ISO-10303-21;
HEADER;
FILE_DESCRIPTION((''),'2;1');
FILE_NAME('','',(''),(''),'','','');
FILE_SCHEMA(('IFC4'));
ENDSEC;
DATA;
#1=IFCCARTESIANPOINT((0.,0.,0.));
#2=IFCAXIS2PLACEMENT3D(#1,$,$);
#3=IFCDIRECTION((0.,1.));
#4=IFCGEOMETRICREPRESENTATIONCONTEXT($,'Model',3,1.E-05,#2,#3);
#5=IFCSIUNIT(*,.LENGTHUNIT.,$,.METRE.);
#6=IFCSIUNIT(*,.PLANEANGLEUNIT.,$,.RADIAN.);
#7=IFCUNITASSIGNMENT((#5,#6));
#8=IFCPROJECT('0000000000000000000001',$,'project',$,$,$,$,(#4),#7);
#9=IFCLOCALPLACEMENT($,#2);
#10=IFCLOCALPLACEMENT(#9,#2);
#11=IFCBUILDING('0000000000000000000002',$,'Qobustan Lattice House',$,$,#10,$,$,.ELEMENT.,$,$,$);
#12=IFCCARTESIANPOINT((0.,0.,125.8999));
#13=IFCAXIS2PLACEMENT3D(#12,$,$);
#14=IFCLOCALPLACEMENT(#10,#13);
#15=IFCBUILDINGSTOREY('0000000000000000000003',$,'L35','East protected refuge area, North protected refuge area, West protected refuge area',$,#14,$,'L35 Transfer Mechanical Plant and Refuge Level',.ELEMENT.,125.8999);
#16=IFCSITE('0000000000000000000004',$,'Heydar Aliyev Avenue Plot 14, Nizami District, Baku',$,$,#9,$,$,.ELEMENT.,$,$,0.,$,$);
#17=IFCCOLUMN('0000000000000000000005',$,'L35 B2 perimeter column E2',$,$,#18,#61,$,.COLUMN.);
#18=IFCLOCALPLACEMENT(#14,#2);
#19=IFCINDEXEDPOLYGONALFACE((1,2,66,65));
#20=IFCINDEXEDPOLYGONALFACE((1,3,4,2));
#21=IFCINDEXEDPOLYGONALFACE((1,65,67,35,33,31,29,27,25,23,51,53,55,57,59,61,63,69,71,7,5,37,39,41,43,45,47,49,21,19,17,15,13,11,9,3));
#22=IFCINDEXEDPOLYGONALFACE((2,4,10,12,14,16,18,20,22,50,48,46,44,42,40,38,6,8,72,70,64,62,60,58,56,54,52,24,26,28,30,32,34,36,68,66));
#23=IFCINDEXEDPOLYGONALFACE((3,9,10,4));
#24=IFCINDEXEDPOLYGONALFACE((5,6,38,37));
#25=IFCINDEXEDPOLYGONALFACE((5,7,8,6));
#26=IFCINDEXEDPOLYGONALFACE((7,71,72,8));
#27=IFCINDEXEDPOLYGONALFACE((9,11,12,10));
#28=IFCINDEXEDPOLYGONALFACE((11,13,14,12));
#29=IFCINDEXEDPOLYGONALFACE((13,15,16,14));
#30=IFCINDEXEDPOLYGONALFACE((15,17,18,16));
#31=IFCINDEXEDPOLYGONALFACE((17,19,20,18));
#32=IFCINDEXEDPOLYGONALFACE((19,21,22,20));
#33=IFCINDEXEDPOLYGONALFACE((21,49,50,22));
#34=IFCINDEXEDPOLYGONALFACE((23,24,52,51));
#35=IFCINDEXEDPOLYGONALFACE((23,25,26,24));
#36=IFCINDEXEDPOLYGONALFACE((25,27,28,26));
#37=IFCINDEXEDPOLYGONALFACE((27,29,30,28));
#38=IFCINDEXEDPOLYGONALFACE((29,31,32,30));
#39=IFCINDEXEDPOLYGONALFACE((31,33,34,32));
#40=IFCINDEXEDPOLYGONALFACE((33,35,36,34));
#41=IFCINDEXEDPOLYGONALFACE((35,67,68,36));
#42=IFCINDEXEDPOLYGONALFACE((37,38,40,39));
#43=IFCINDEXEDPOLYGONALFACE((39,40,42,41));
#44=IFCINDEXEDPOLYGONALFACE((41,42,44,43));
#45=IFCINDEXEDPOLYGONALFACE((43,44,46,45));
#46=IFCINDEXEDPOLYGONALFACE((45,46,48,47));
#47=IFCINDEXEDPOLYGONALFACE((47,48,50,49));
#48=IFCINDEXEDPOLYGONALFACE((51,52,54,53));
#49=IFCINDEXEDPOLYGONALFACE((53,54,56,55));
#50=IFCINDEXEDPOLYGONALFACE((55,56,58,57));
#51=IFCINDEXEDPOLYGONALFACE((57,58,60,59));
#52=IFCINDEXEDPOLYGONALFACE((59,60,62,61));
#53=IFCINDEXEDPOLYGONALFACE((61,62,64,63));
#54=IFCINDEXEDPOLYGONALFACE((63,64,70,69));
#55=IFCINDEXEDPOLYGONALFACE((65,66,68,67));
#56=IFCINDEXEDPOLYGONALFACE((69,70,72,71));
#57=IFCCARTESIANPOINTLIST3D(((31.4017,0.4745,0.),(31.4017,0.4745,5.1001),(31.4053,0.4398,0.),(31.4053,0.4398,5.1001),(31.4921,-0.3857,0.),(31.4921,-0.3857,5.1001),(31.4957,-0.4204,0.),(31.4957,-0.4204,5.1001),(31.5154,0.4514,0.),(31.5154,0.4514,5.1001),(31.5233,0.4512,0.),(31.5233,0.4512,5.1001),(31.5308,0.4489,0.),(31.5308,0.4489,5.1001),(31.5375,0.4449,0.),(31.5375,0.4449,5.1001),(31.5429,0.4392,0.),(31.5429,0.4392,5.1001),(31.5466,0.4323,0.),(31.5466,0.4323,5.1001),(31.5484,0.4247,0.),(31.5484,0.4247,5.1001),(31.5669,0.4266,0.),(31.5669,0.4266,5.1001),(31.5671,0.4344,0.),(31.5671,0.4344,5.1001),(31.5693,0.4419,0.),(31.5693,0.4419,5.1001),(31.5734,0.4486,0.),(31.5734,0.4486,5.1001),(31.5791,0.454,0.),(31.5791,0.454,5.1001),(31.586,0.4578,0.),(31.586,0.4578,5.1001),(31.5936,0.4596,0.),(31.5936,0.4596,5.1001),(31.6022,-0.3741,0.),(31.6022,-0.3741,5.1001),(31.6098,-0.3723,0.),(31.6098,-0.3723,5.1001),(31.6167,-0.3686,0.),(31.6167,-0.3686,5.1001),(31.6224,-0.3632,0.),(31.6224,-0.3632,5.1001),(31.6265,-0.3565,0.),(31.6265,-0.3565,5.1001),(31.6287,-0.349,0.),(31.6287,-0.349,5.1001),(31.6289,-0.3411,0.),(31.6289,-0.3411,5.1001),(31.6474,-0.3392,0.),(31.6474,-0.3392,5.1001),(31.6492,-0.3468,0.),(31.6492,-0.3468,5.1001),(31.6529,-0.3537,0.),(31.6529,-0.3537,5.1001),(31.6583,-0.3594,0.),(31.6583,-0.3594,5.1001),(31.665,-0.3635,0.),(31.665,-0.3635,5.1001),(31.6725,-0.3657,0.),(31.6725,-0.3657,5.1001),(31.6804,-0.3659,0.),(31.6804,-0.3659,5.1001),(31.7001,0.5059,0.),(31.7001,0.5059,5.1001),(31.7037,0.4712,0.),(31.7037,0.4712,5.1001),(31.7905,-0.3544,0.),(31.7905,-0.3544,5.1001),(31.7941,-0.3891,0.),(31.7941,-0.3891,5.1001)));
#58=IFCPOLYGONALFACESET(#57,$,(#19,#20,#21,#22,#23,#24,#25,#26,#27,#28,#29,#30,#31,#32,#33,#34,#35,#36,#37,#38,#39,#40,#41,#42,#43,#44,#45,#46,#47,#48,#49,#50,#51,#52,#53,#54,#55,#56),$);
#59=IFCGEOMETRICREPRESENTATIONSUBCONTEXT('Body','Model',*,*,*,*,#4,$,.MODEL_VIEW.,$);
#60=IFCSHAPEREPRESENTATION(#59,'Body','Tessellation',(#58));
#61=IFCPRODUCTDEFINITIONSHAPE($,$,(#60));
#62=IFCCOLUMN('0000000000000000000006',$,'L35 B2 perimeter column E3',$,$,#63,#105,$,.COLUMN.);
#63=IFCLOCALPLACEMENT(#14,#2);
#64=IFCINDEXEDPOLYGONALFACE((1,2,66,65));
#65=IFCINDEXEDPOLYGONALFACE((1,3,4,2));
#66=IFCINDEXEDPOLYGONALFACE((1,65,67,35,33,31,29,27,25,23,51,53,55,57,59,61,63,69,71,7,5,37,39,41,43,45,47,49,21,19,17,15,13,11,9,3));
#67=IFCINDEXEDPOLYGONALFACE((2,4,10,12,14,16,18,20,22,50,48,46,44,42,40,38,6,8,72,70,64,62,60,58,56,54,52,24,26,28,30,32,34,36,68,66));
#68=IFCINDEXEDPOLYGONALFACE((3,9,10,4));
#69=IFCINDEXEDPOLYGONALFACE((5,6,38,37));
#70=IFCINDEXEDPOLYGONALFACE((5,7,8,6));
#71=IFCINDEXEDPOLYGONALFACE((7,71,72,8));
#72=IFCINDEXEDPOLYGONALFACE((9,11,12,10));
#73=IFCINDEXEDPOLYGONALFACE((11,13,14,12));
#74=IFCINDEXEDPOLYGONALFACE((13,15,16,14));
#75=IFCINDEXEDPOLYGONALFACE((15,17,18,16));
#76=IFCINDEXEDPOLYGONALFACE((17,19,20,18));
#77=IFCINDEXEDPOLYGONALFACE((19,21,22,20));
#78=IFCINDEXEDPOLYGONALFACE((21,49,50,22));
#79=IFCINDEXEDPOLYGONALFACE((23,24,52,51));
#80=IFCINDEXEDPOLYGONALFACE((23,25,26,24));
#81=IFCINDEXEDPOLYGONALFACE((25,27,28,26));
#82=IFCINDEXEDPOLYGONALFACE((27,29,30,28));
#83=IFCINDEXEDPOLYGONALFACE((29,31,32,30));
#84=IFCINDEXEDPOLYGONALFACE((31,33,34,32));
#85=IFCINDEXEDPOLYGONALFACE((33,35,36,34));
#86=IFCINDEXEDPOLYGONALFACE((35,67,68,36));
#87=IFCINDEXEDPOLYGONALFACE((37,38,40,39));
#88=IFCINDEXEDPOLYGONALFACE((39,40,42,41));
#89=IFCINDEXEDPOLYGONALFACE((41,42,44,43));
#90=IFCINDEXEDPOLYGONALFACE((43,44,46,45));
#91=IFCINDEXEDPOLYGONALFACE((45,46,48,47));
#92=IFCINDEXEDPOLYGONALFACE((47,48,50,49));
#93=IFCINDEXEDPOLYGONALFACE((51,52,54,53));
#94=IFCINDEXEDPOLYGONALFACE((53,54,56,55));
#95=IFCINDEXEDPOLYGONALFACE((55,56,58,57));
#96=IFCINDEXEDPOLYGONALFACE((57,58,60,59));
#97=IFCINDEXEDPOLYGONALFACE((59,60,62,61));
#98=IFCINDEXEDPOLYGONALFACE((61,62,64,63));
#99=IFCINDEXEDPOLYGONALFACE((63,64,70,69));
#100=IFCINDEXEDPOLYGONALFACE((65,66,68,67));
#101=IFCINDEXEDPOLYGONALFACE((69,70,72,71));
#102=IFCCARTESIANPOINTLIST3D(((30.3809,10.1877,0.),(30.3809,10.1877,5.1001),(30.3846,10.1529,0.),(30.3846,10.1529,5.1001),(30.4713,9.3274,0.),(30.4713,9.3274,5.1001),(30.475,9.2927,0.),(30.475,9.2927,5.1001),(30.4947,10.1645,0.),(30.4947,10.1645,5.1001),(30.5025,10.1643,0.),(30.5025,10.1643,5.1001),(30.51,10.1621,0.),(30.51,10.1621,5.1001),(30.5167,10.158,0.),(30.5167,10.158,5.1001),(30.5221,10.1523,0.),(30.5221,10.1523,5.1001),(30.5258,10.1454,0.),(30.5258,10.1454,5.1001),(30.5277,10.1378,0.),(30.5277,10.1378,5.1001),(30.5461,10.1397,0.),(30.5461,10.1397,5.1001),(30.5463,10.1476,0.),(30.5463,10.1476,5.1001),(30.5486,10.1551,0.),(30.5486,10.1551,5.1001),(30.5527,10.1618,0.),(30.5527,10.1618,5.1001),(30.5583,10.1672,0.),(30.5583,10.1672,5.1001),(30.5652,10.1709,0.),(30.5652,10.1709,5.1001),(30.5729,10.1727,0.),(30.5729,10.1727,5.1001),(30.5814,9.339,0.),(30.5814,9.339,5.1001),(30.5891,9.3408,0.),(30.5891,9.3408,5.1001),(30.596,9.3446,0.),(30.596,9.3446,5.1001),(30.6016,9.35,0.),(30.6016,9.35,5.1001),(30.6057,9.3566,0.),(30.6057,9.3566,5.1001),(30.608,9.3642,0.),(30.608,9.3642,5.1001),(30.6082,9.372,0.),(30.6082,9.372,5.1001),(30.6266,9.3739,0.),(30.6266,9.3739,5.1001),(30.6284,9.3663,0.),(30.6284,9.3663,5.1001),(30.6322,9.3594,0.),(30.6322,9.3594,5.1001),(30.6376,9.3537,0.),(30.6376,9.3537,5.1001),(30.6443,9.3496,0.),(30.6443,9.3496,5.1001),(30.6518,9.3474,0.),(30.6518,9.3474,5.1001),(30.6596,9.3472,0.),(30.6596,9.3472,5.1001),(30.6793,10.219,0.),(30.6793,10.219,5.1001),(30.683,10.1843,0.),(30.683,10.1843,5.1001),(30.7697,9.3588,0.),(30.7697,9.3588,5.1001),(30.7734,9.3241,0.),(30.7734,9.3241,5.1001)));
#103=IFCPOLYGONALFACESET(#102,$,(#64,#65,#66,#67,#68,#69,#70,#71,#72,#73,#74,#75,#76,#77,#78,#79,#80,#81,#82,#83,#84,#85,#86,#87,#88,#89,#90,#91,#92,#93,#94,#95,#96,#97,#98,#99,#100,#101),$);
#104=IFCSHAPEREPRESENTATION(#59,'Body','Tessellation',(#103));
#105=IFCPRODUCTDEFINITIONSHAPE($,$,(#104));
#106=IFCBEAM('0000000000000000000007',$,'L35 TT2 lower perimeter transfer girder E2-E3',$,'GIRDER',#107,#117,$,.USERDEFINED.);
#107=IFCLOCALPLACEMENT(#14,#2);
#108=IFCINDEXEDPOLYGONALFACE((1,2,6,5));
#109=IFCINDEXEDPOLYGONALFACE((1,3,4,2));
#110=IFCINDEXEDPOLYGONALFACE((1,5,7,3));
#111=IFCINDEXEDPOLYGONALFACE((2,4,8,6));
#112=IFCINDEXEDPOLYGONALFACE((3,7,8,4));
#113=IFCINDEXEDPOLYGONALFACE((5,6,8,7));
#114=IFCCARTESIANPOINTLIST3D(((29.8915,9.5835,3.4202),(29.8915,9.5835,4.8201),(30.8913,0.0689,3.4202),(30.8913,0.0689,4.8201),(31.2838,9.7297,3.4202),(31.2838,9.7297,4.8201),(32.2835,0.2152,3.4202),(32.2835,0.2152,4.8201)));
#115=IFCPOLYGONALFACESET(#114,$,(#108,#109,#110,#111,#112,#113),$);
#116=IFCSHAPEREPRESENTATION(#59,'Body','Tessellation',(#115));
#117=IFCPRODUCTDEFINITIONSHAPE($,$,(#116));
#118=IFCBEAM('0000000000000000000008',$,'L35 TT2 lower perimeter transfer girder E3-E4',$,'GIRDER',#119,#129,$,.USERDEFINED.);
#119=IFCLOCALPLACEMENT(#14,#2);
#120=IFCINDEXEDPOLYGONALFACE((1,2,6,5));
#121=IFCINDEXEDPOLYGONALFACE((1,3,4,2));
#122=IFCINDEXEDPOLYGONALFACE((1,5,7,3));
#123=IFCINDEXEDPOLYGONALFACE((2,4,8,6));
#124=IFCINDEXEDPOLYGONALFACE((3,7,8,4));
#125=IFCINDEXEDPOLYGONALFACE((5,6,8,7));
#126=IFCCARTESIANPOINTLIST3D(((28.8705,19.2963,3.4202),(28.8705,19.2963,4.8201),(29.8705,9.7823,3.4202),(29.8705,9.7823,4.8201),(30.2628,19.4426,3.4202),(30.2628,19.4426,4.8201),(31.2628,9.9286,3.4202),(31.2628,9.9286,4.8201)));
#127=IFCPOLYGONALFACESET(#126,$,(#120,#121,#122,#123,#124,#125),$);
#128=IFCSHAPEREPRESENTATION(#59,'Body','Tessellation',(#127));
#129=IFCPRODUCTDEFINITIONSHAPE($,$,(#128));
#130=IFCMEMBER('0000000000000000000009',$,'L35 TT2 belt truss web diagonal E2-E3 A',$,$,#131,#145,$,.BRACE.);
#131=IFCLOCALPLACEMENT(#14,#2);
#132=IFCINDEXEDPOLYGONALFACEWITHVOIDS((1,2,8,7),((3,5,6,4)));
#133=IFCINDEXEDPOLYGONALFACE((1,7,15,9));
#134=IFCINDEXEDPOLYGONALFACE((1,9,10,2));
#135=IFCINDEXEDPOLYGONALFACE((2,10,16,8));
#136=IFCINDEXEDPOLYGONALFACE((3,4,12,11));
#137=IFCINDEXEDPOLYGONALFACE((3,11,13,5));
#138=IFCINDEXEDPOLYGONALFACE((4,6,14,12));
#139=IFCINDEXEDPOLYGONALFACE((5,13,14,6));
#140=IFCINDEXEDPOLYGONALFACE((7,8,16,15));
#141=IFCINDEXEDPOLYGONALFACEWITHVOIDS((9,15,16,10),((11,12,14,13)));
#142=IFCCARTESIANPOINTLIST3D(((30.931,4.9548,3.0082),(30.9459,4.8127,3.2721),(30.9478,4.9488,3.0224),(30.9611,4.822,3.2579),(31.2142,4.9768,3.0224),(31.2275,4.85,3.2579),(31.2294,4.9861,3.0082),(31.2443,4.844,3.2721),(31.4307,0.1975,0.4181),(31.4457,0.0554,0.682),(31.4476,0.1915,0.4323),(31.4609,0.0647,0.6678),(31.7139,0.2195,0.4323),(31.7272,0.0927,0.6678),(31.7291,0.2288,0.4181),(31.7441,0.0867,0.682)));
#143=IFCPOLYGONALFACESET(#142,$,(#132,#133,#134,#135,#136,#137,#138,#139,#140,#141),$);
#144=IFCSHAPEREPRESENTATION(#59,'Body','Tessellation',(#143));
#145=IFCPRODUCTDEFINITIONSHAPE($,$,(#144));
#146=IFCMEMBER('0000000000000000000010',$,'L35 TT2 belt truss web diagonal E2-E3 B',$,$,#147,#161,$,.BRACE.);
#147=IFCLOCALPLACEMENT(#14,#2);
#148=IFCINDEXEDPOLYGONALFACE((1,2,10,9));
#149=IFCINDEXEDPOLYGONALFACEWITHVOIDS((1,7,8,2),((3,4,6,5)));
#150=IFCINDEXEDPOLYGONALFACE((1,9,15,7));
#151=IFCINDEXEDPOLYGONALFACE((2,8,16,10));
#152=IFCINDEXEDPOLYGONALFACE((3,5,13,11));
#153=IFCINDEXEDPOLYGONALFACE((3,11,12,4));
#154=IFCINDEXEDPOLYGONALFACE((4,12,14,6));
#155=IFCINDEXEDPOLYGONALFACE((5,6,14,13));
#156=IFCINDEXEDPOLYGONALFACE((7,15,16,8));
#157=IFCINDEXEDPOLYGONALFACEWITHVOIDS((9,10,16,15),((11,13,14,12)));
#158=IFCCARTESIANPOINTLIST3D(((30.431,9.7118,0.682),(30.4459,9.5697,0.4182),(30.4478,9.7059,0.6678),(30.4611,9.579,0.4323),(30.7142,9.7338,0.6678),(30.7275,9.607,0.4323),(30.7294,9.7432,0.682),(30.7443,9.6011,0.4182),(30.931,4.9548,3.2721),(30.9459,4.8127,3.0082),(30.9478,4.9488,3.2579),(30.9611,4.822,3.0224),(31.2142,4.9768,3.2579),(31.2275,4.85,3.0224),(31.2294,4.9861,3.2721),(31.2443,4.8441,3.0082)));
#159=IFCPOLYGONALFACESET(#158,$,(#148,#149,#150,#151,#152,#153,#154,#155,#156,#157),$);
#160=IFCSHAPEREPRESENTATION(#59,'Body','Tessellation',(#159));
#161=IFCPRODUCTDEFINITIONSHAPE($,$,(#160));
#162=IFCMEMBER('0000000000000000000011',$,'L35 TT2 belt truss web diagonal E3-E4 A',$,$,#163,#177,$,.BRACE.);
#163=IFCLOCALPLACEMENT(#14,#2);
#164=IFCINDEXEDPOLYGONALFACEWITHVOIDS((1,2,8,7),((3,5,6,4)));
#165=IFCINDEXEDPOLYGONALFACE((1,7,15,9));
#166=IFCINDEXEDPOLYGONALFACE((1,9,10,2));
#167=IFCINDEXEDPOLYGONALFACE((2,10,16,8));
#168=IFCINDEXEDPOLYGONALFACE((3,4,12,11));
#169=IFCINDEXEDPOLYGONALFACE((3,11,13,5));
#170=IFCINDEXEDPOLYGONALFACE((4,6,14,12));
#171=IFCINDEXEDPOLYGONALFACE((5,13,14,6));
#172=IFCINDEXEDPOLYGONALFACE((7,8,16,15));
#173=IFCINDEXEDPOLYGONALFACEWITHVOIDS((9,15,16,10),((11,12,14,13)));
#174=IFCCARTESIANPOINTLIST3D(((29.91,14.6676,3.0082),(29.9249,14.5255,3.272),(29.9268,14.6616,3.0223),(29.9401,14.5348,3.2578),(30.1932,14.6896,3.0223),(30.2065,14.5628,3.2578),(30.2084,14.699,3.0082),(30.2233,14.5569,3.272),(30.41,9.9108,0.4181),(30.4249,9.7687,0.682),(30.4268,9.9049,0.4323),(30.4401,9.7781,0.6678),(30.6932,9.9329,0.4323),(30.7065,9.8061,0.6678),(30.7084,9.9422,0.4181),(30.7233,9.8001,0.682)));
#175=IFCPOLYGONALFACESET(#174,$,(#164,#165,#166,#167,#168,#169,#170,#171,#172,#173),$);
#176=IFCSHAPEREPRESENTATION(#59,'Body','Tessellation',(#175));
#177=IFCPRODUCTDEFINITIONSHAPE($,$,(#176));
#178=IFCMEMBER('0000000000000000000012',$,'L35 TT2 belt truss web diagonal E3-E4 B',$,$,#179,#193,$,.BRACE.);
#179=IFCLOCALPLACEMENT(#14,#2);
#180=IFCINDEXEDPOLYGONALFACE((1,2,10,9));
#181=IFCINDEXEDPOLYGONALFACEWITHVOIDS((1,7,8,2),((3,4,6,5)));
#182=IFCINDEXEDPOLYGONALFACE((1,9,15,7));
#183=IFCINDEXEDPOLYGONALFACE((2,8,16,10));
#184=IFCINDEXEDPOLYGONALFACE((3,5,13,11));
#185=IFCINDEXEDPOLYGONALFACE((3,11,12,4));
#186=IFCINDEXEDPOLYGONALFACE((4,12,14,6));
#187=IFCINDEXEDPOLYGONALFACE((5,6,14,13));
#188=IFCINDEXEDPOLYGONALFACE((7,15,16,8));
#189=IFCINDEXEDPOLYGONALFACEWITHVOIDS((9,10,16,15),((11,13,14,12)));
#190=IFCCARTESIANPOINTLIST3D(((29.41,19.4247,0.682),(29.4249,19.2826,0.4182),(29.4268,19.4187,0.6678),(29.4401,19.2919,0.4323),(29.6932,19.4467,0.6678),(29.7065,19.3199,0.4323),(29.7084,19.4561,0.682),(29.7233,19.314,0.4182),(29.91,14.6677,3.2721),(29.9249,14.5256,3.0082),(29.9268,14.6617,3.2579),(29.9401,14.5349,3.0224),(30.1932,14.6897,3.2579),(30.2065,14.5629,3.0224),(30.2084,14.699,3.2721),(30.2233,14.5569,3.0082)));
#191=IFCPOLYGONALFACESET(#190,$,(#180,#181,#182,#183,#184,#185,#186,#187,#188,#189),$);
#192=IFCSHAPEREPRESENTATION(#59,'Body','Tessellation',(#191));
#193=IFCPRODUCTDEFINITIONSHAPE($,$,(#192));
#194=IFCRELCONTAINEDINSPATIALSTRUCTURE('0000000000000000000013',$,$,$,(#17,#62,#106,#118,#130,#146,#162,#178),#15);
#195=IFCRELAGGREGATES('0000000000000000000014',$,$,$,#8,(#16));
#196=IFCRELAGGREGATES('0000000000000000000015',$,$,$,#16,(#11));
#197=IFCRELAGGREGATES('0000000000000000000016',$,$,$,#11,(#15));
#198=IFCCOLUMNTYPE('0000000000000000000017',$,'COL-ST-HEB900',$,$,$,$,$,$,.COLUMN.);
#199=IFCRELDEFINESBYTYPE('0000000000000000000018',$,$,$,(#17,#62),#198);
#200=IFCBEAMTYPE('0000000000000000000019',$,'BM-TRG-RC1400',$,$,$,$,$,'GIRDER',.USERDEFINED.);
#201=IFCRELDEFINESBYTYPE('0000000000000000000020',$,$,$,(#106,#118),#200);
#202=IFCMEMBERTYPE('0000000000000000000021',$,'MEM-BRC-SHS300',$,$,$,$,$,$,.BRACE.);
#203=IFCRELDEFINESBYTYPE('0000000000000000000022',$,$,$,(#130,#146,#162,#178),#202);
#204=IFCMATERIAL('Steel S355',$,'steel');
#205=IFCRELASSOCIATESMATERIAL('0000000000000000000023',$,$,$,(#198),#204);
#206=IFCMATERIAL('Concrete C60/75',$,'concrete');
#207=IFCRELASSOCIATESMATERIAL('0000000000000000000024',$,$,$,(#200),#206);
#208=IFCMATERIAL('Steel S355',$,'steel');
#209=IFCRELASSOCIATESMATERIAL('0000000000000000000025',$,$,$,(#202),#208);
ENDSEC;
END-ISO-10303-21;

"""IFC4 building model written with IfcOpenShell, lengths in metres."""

from ifc_helpers import new_model, si_unit, direction, frame, origin, origin_2d, place, context, subcontext, project, spatial, rectangle, hollow_rectangle, i_section, extrude, material, material_profile, profile_set, type_object, element, save


model = new_model("IFC4")

# Units and contexts
model_context = context("Model", 3, precision=1e-05, world=origin(), true_north=direction((0.0, 1.0)))
body_context = subcontext(model_context, "Body", "Model", "MODEL_VIEW")
ifc_project = project(units=[si_unit("LENGTHUNIT", "METRE"), si_unit("PLANEANGLEUNIT", "RADIAN")], contexts=[model_context])

# Site, building, storey
site_placement = place(None, origin())
site = spatial("IfcSite", under=ifc_project, at=site_placement, Name="Heydar Aliyev Avenue Plot 14, Nizami District, Baku", CompositionType="ELEMENT", RefElevation=0.0)
building_placement = place(site_placement, origin())
building = spatial("IfcBuilding", under=site, at=building_placement, Name="Qobustan Lattice House", CompositionType="ELEMENT")
storey_placement = place(building_placement, frame((0.0, 0.0, 125.8999)))
storey = spatial("IfcBuildingStorey", under=building, at=storey_placement, Name="L35", Description="East protected refuge area, North protected refuge area, West protected refuge area", LongName="L35 Transfer Mechanical Plant and Refuge Level", CompositionType="ELEMENT", Elevation=125.8999)

# Columns
ifc_material_1 = material(Name="Steel S355", Category="steel")
ifc_material_profile_1 = material_profile(ifc_material_1, i_section(OverallWidth=0.3, OverallDepth=0.8999, WebThickness=0.0186, FlangeThickness=0.0349, FilletRadius=0.03, at=origin_2d()), Name="HEB900")
ifc_profile_set_1 = profile_set([ifc_material_profile_1], Name="Steel S355")
column_type = type_object("IfcColumnType", Name="COL-ST-HEB900", PredefinedType="COLUMN", material=ifc_profile_set_1)
for number, where, z_axis, x_axis, name in (
    (1, (31.5979, 0.0427, 0.0), (0.0, 0.0, 1.0), (0.994522, 0.104528, 0.0), "L35 B2 perimeter column E2"),
    (2, (30.5771, 9.7559, 0.0), (0.0, 0.0, 1.0), (0.994522, 0.104528, 0.0), "L35 B2 perimeter column E3"),
):
    element("IfcColumn", number, at=place(storey_placement, frame(where, z_axis=z_axis, x_axis=x_axis)), inside=storey, type_object=column_type, Name=name, PredefinedType="COLUMN", context=body_context, shape_type="SweptSolid", body=[
        extrude(i_section(OverallWidth=0.3, OverallDepth=0.8999, WebThickness=0.0186, FlangeThickness=0.0349, FilletRadius=0.03, at=origin_2d()), origin(), (0.0, 0.0, 1.0), 5.1001),
    ])

# Beams
ifc_material_2 = material(Name="Concrete C60/75", Category="concrete")
ifc_material_profile_2 = material_profile(ifc_material_2, rectangle(XDim=1.3999, YDim=1.3999, at=origin_2d()), Name="RC1400x1400")
ifc_profile_set_2 = profile_set([ifc_material_profile_2], Name="Concrete C60/75")
beam_type = type_object("IfcBeamType", Name="BM-TRG-RC1400", ElementType="GIRDER", PredefinedType="USERDEFINED", material=ifc_profile_set_2)
beam_1_placement = place(storey_placement, frame((31.5874, 0.1421, 4.1201), z_axis=(-0.104503, 0.994525, 0.0), x_axis=(-0.994525, -0.104503, 0.0)))
element("IfcBeam", 3, at=beam_1_placement, inside=storey, type_object=beam_type, Name="L35 TT2 lower perimeter transfer girder E2-E3", ObjectType="GIRDER", PredefinedType="USERDEFINED", context=body_context, shape_type="SweptSolid", body=[
    extrude(rectangle(XDim=1.3999, YDim=1.3999, at=origin_2d()), origin(), (0.0, 0.0, 1.0), 9.5669),
])
beam_2_placement = place(storey_placement, frame((30.5667, 9.8555, 4.1201), z_axis=(-0.104533, 0.994521, 0.0), x_axis=(-0.994521, -0.104533, 0.0)))
element("IfcBeam", 4, at=beam_2_placement, inside=storey, type_object=beam_type, Name="L35 TT2 lower perimeter transfer girder E3-E4", ObjectType="GIRDER", PredefinedType="USERDEFINED", context=body_context, shape_type="SweptSolid", body=[
    extrude(rectangle(XDim=1.3999, YDim=1.3999, at=origin_2d()), origin(), (0.0, 0.0, 1.0), 9.5664),
])

# Members
ifc_material_3 = material(Name="Steel S355", Category="steel")
ifc_material_profile_3 = material_profile(ifc_material_3, hollow_rectangle(XDim=0.3, YDim=0.3, WallThickness=0.0161, at=origin_2d()), Name="SHS300x300x16")
ifc_profile_set_3 = profile_set([ifc_material_profile_3], Name="Steel S355")
member_type_1 = type_object("IfcMemberType", Name="MEM-BRC-SHS300", PredefinedType="BRACE", material=ifc_profile_set_3)
member_1_placement = place(storey_placement, frame((31.5874, 0.1421, 0.55), z_axis=(-0.091872, 0.874555, 0.476144), x_axis=(-0.994528, -0.104475, 0.0)))
element("IfcMember", 5, at=member_1_placement, inside=storey, type_object=member_type_1, Name="L35 TT2 belt truss web diagonal E2-E3 A", PredefinedType="BRACE", context=body_context, shape_type="SweptSolid", body=[
    extrude(hollow_rectangle(XDim=0.3, YDim=0.3, WallThickness=0.0161, at=origin_2d()), origin(), (0.0, 0.0, 1.0), 5.4397),
])
member_2_placement = place(storey_placement, frame((31.0876, 4.8994, 3.1401), z_axis=(-0.09192, 0.874541, -0.476161), x_axis=(-0.994522, -0.104531, 0.0)))
element("IfcMember", 6, at=member_2_placement, inside=storey, type_object=member_type_1, Name="L35 TT2 belt truss web diagonal E2-E3 B", PredefinedType="BRACE", context=body_context, shape_type="SweptSolid", body=[
    extrude(hollow_rectangle(XDim=0.3, YDim=0.3, WallThickness=0.0161, at=origin_2d()), origin(), (0.0, 0.0, 1.0), 5.4395),
])
member_3_placement = place(storey_placement, frame((30.5667, 9.8555, 0.55), z_axis=(-0.091924, 0.87453, 0.47618), x_axis=(-0.994521, -0.104536, 0.0)))
element("IfcMember", 7, at=member_3_placement, inside=storey, type_object=member_type_1, Name="L35 TT2 belt truss web diagonal E3-E4 A", PredefinedType="BRACE", context=body_context, shape_type="SweptSolid", body=[
    extrude(hollow_rectangle(XDim=0.3, YDim=0.3, WallThickness=0.0161, at=origin_2d()), origin(), (0.0, 0.0, 1.0), 5.4392),
])
member_4_placement = place(storey_placement, frame((30.0667, 14.6123, 3.1401), z_axis=(-0.09192, 0.874541, -0.476161), x_axis=(-0.994522, -0.104531, 0.0)))
element("IfcMember", 8, at=member_4_placement, inside=storey, type_object=member_type_1, Name="L35 TT2 belt truss web diagonal E3-E4 B", PredefinedType="BRACE", context=body_context, shape_type="SweptSolid", body=[
    extrude(hollow_rectangle(XDim=0.3, YDim=0.3, WallThickness=0.0161, at=origin_2d()), origin(), (0.0, 0.0, 1.0), 5.4395),
])

save(model, "model.ifc")
